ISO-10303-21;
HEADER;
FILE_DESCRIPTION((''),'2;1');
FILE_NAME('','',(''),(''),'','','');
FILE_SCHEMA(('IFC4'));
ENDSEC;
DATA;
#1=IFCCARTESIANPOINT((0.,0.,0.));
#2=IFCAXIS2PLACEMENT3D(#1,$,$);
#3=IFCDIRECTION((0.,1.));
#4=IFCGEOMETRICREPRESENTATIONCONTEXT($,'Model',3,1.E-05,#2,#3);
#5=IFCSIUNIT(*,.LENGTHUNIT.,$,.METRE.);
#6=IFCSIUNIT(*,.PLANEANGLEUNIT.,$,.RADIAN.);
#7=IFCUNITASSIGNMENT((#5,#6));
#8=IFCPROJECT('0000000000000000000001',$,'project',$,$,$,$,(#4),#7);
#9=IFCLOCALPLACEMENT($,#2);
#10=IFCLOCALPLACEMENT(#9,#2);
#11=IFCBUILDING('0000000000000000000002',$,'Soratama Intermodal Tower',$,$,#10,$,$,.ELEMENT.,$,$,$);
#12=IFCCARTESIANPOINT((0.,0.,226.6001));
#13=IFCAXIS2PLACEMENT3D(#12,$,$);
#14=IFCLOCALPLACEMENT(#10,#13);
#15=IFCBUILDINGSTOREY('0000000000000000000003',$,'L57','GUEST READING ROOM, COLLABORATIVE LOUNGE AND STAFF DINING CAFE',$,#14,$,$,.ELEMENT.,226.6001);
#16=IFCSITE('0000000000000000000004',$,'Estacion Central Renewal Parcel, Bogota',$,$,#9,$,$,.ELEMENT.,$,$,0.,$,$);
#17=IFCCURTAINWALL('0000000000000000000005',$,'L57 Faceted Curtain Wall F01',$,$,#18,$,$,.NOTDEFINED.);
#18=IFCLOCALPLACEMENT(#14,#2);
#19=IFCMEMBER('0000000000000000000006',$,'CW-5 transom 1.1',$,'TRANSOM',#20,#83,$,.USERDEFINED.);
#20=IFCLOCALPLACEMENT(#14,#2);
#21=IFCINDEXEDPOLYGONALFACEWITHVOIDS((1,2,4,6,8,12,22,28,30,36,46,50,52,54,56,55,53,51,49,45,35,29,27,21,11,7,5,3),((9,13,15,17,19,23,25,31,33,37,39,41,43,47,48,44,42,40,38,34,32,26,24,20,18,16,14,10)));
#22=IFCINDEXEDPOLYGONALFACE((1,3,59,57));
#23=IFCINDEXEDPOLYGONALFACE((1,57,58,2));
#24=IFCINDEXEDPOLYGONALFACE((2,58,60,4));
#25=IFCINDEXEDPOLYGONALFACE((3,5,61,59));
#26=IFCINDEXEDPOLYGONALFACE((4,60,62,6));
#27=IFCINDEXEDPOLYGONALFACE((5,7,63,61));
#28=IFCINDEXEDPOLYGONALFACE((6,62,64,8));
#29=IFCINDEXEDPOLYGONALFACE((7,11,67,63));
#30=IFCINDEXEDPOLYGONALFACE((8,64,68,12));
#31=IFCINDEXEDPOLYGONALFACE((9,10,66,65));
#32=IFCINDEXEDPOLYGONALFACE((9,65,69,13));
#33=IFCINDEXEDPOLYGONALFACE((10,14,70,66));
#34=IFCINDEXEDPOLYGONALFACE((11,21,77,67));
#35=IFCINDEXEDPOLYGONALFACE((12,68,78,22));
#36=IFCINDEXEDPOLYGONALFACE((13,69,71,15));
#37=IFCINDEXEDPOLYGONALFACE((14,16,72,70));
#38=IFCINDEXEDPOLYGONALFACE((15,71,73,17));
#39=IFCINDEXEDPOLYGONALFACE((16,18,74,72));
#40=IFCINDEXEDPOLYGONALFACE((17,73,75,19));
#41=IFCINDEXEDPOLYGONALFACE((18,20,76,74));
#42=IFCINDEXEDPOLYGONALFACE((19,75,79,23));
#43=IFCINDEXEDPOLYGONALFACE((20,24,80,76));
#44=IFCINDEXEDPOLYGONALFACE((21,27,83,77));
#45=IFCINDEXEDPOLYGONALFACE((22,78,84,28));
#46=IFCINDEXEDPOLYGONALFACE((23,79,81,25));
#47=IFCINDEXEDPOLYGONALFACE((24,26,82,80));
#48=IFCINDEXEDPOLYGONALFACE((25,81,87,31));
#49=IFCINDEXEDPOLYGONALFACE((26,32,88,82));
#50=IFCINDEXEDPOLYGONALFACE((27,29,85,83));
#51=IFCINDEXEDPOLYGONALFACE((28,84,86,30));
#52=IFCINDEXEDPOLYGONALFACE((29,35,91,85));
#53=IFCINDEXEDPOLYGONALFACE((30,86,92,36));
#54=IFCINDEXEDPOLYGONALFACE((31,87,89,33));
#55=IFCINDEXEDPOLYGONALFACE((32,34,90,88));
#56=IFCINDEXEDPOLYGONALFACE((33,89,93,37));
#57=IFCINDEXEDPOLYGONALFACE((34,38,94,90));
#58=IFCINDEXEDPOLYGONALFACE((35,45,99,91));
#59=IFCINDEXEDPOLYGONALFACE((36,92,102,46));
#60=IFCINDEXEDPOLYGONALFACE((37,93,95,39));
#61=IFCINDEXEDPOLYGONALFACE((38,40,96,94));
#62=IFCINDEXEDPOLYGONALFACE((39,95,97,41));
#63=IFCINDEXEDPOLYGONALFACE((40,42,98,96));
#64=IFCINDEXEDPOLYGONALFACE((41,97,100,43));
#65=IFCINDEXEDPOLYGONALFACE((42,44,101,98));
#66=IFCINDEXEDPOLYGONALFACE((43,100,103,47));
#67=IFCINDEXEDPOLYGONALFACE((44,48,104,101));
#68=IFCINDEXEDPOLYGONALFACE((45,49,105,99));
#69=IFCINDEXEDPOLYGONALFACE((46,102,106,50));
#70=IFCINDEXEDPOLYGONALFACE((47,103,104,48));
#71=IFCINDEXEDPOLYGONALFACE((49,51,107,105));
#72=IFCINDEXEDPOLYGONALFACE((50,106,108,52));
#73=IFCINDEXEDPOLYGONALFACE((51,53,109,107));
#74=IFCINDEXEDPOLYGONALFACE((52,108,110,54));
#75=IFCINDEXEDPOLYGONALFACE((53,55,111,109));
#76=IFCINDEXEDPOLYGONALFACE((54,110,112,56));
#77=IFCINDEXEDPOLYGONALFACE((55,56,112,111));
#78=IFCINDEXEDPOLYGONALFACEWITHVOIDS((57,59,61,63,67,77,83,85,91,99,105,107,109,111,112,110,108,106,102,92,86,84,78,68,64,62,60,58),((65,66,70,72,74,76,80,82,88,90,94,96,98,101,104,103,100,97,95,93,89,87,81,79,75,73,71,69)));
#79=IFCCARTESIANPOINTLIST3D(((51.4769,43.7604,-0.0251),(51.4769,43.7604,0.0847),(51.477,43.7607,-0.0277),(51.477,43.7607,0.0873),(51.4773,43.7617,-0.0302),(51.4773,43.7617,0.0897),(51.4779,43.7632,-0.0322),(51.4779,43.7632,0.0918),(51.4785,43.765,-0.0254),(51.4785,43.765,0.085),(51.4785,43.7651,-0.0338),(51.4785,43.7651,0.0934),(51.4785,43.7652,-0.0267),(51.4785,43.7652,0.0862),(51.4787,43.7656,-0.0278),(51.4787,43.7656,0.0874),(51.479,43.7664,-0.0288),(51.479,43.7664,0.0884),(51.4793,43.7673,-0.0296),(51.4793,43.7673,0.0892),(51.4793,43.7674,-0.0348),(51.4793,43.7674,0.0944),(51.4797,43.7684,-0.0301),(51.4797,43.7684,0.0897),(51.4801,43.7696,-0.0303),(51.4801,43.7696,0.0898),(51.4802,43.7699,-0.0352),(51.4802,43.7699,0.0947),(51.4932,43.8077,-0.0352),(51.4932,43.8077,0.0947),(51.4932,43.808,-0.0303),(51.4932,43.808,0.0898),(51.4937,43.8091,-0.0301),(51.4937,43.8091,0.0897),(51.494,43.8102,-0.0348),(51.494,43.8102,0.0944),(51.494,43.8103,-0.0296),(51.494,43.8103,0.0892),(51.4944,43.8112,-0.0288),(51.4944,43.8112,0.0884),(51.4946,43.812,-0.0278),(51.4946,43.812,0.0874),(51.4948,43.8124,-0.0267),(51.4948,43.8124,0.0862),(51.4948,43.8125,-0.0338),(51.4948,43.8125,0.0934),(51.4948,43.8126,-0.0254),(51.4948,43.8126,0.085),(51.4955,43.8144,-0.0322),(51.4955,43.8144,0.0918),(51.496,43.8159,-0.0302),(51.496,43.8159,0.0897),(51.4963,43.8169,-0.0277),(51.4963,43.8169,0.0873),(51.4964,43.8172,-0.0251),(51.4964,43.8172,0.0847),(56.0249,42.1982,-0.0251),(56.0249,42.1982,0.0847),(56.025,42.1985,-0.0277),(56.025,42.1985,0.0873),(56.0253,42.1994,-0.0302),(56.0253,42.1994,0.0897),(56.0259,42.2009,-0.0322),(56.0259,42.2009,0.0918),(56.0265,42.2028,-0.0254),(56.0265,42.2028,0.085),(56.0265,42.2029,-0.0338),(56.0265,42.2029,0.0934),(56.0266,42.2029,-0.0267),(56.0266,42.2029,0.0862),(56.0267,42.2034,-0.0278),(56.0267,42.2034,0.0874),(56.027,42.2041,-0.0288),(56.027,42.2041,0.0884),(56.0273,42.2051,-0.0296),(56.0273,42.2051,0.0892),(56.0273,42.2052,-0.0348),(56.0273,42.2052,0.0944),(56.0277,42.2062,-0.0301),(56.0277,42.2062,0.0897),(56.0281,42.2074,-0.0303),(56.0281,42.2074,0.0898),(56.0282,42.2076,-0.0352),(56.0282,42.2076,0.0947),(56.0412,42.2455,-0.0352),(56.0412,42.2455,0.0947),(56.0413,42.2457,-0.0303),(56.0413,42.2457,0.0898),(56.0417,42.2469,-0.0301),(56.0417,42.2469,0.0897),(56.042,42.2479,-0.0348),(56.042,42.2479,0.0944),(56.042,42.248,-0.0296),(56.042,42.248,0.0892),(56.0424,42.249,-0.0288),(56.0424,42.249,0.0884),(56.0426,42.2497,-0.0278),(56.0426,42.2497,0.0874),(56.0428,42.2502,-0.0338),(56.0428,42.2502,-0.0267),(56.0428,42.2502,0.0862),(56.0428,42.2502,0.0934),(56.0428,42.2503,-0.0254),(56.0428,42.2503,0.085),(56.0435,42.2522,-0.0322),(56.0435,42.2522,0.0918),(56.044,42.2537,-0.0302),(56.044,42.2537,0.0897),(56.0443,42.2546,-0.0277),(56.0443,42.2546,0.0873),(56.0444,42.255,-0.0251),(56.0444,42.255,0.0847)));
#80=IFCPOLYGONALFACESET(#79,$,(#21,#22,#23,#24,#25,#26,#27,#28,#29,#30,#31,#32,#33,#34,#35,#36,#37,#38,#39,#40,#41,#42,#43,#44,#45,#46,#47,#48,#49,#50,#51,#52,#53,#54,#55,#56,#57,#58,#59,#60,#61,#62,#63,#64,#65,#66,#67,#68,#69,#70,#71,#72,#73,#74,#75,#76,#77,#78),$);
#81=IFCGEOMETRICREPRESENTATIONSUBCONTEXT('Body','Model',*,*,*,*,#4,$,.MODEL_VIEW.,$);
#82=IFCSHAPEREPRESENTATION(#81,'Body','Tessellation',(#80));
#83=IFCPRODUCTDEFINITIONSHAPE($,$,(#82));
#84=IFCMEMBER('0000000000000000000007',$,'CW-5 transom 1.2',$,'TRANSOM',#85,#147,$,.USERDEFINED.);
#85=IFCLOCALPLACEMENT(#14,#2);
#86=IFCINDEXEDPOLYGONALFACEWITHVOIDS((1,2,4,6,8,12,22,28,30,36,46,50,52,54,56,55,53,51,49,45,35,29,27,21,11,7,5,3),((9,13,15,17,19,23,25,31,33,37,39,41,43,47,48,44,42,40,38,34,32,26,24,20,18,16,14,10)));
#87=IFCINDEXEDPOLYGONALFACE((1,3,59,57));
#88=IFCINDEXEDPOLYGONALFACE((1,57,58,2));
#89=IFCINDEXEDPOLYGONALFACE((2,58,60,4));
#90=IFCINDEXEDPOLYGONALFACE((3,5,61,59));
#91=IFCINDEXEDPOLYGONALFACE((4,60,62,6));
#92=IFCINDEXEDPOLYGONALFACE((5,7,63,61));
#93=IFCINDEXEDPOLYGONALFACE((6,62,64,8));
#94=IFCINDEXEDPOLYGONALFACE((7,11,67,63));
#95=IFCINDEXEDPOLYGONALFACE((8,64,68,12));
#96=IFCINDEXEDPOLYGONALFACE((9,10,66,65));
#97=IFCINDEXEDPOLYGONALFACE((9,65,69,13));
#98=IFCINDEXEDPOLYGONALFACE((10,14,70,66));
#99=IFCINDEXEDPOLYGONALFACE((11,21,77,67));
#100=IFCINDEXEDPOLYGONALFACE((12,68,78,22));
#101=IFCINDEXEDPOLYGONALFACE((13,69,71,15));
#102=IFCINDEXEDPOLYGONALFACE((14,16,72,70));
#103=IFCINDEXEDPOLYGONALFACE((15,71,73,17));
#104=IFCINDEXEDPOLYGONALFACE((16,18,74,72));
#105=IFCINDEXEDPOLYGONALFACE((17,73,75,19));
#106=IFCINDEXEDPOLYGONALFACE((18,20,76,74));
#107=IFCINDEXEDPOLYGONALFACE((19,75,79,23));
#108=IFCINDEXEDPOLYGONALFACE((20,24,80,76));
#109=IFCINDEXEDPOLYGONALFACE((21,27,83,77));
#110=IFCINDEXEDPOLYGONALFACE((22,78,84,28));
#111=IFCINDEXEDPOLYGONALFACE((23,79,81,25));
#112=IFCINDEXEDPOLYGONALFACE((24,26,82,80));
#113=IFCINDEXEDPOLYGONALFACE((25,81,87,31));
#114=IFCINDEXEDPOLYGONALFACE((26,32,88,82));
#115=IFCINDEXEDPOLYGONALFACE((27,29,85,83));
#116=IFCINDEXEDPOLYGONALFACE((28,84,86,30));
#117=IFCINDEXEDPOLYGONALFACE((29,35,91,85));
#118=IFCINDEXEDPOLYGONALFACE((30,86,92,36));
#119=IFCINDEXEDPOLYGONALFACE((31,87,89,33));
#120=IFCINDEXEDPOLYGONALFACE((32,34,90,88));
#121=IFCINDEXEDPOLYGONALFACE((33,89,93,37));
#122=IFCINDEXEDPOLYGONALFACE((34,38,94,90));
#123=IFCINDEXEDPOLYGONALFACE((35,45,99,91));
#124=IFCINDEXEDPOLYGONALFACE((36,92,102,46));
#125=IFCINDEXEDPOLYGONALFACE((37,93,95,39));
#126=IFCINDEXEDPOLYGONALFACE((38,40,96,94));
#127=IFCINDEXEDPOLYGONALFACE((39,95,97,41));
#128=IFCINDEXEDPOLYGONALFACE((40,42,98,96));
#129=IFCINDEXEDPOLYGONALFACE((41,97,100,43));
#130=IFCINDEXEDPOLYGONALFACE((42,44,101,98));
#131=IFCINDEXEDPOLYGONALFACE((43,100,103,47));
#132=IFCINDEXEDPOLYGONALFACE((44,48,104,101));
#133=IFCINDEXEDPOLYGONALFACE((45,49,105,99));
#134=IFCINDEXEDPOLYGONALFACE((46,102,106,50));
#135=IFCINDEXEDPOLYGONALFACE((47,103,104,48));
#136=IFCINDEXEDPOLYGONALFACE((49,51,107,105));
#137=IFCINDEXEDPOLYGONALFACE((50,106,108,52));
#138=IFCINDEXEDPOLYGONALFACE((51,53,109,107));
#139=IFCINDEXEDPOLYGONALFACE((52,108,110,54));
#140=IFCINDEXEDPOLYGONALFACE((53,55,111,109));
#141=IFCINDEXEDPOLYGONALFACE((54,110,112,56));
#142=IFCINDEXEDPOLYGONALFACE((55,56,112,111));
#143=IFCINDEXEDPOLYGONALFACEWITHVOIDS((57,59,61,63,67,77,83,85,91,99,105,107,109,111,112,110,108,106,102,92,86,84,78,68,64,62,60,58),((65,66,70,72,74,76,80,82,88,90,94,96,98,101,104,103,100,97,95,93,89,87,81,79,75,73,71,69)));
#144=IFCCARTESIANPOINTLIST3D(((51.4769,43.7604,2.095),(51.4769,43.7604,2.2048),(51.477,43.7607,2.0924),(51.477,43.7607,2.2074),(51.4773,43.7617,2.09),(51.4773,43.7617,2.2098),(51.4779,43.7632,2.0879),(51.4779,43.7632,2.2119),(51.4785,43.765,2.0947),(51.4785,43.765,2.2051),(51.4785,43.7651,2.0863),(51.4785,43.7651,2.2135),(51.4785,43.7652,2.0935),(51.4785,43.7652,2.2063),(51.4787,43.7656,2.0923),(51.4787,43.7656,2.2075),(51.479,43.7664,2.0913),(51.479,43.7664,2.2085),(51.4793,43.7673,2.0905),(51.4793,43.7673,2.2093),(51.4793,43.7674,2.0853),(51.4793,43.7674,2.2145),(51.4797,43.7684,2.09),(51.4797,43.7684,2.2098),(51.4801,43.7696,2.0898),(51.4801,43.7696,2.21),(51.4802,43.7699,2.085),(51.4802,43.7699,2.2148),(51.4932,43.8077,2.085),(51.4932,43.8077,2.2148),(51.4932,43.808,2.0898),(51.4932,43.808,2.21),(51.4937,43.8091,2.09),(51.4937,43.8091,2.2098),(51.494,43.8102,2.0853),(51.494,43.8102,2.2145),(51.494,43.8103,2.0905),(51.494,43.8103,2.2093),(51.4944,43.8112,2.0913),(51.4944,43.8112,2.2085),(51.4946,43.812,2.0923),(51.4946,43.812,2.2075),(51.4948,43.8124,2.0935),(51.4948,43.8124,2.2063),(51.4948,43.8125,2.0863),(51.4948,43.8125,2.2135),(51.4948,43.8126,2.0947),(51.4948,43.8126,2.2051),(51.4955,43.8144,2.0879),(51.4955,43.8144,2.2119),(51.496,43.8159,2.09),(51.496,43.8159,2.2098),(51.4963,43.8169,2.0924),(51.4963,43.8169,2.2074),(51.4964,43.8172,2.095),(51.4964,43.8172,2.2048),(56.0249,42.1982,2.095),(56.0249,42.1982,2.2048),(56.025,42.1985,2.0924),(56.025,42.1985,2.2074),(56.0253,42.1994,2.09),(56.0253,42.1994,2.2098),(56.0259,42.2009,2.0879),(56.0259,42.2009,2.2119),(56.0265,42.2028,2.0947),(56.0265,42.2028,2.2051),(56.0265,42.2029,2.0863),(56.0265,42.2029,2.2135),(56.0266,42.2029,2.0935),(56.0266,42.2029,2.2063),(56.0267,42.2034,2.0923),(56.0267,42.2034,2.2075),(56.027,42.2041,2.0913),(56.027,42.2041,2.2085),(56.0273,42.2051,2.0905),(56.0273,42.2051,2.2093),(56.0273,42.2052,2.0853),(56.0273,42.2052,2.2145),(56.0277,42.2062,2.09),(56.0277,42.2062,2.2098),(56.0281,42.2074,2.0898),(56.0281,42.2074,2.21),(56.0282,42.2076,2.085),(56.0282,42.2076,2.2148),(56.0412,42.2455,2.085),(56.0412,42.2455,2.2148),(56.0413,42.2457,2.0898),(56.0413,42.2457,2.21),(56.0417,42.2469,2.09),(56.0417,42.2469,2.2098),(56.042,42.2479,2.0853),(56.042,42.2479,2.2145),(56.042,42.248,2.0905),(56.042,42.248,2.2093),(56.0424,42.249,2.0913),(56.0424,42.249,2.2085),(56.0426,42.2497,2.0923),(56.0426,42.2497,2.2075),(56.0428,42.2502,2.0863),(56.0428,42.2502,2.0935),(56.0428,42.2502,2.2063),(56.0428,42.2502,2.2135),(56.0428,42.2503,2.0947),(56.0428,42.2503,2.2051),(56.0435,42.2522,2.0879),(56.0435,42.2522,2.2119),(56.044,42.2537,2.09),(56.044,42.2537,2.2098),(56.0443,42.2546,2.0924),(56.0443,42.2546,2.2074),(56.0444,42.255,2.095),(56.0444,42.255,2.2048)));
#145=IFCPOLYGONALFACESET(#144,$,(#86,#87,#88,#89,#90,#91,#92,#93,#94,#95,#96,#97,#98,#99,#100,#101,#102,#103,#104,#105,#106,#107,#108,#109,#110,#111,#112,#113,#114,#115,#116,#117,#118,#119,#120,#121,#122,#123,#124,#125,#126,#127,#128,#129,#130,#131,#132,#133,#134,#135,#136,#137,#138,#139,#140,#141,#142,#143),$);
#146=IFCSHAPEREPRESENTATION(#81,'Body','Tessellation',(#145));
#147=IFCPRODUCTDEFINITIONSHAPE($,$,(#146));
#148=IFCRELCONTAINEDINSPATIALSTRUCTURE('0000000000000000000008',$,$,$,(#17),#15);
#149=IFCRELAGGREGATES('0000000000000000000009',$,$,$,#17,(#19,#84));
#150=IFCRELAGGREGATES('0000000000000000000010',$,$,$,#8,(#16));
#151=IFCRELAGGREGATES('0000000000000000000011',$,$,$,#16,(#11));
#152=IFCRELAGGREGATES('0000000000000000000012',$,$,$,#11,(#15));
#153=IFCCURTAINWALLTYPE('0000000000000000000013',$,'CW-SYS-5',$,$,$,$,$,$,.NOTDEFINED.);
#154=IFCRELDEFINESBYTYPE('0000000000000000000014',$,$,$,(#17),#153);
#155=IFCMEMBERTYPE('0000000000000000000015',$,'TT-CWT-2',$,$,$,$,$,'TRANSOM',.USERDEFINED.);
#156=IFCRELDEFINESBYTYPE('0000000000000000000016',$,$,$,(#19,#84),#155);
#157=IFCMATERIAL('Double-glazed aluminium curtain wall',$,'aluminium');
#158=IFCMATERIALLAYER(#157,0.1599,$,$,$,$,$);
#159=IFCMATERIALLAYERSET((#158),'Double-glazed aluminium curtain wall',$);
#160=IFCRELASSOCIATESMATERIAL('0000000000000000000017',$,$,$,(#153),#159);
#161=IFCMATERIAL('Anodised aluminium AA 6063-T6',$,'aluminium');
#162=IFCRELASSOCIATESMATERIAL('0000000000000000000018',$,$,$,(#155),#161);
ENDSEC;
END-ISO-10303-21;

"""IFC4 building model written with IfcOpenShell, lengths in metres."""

from ifc_helpers import new_model, si_unit, direction, frame, origin, origin_2d, place, context, subcontext, project, spatial, hollow_rectangle, extrude, material, layer, layer_set, material_profile, profile_set, type_object, element, aggregate, save


model = new_model("IFC4")

# Units and contexts
model_context = context("Model", 3, precision=1e-05, world=origin(), true_north=direction((0.0, 1.0)))
body_context = subcontext(model_context, "Body", "Model", "MODEL_VIEW")
ifc_project = project(units=[si_unit("LENGTHUNIT", "METRE"), si_unit("PLANEANGLEUNIT", "RADIAN")], contexts=[model_context])

# Site, building, storey
site_placement = place(None, origin())
site = spatial("IfcSite", under=ifc_project, at=site_placement, Name="Estacion Central Renewal Parcel, Bogota", CompositionType="ELEMENT", RefElevation=0.0)
building_placement = place(site_placement, origin())
building = spatial("IfcBuilding", under=site, at=building_placement, Name="Soratama Intermodal Tower", CompositionType="ELEMENT")
storey_placement = place(building_placement, frame((0.0, 0.0, 226.6001)))
storey = spatial("IfcBuildingStorey", under=building, at=storey_placement, Name="L57", Description="GUEST READING ROOM, COLLABORATIVE LOUNGE AND STAFF DINING CAFE", CompositionType="ELEMENT", Elevation=226.6001)

# Curtain wall
ifc_material_1 = material(Name="Double-glazed aluminium curtain wall", Category="aluminium")
ifc_layer_1 = layer(ifc_material_1, 0.1599)
ifc_layer_set_1 = layer_set([ifc_layer_1], Name="Double-glazed aluminium curtain wall")
curtain_wall_type = type_object("IfcCurtainWallType", Name="CW-SYS-5", PredefinedType="NOTDEFINED", material=ifc_layer_set_1)
curtain_wall_1_placement = place(storey_placement, origin())
curtain_wall_1 = element("IfcCurtainWall", 1, at=curtain_wall_1_placement, inside=storey, type_object=curtain_wall_type, Name="L57 Faceted Curtain Wall F01", PredefinedType="NOTDEFINED")

# Members
ifc_material_2 = material(Name="Anodised aluminium AA 6063-T6", Category="aluminium")
ifc_material_profile_1 = material_profile(ifc_material_2, hollow_rectangle(XDim=0.0601, YDim=0.1299, WallThickness=0.0049, InnerFilletRadius=0.0049, OuterFilletRadius=0.01, at=origin_2d()), Name="CWT130X60X5")
ifc_profile_set_1 = profile_set([ifc_material_profile_1], Name="Anodised aluminium AA 6063-T6")
member_type_1 = type_object("IfcMemberType", Name="TT-CWT-2", ElementType="TRANSOM", PredefinedType="USERDEFINED", material=ifc_profile_set_1)
member_1_placement = place(storey_placement, frame((56.0347, 42.2266, 0.0298), z_axis=(-0.94576, 0.324866, 0.0), x_axis=(-0.324866, -0.94576, 0.0)))
member_1 = element("IfcMember", 2, at=member_1_placement, type_object=member_type_1, Name="CW-5 transom 1.1", ObjectType="TRANSOM", PredefinedType="USERDEFINED", context=body_context, shape_type="SweptSolid", body=[
    extrude(hollow_rectangle(XDim=0.0601, YDim=0.1299, WallThickness=0.0049, InnerFilletRadius=0.0049, OuterFilletRadius=0.01, at=origin_2d()), origin(), (0.0, 0.0, 1.0), 4.8088),
])
member_2_placement = place(storey_placement, frame((56.0347, 42.2266, 2.1499), z_axis=(-0.94576, 0.324866, 0.0), x_axis=(-0.324866, -0.94576, 0.0)))
member_2 = element("IfcMember", 3, at=member_2_placement, type_object=member_type_1, Name="CW-5 transom 1.2", ObjectType="TRANSOM", PredefinedType="USERDEFINED", context=body_context, shape_type="SweptSolid", body=[
    extrude(hollow_rectangle(XDim=0.0601, YDim=0.1299, WallThickness=0.0049, InnerFilletRadius=0.0049, OuterFilletRadius=0.01, at=origin_2d()), origin(), (0.0, 0.0, 1.0), 4.8088),
])

aggregate(curtain_wall_1, [member_1, member_2])

save(model, "model.ifc")
